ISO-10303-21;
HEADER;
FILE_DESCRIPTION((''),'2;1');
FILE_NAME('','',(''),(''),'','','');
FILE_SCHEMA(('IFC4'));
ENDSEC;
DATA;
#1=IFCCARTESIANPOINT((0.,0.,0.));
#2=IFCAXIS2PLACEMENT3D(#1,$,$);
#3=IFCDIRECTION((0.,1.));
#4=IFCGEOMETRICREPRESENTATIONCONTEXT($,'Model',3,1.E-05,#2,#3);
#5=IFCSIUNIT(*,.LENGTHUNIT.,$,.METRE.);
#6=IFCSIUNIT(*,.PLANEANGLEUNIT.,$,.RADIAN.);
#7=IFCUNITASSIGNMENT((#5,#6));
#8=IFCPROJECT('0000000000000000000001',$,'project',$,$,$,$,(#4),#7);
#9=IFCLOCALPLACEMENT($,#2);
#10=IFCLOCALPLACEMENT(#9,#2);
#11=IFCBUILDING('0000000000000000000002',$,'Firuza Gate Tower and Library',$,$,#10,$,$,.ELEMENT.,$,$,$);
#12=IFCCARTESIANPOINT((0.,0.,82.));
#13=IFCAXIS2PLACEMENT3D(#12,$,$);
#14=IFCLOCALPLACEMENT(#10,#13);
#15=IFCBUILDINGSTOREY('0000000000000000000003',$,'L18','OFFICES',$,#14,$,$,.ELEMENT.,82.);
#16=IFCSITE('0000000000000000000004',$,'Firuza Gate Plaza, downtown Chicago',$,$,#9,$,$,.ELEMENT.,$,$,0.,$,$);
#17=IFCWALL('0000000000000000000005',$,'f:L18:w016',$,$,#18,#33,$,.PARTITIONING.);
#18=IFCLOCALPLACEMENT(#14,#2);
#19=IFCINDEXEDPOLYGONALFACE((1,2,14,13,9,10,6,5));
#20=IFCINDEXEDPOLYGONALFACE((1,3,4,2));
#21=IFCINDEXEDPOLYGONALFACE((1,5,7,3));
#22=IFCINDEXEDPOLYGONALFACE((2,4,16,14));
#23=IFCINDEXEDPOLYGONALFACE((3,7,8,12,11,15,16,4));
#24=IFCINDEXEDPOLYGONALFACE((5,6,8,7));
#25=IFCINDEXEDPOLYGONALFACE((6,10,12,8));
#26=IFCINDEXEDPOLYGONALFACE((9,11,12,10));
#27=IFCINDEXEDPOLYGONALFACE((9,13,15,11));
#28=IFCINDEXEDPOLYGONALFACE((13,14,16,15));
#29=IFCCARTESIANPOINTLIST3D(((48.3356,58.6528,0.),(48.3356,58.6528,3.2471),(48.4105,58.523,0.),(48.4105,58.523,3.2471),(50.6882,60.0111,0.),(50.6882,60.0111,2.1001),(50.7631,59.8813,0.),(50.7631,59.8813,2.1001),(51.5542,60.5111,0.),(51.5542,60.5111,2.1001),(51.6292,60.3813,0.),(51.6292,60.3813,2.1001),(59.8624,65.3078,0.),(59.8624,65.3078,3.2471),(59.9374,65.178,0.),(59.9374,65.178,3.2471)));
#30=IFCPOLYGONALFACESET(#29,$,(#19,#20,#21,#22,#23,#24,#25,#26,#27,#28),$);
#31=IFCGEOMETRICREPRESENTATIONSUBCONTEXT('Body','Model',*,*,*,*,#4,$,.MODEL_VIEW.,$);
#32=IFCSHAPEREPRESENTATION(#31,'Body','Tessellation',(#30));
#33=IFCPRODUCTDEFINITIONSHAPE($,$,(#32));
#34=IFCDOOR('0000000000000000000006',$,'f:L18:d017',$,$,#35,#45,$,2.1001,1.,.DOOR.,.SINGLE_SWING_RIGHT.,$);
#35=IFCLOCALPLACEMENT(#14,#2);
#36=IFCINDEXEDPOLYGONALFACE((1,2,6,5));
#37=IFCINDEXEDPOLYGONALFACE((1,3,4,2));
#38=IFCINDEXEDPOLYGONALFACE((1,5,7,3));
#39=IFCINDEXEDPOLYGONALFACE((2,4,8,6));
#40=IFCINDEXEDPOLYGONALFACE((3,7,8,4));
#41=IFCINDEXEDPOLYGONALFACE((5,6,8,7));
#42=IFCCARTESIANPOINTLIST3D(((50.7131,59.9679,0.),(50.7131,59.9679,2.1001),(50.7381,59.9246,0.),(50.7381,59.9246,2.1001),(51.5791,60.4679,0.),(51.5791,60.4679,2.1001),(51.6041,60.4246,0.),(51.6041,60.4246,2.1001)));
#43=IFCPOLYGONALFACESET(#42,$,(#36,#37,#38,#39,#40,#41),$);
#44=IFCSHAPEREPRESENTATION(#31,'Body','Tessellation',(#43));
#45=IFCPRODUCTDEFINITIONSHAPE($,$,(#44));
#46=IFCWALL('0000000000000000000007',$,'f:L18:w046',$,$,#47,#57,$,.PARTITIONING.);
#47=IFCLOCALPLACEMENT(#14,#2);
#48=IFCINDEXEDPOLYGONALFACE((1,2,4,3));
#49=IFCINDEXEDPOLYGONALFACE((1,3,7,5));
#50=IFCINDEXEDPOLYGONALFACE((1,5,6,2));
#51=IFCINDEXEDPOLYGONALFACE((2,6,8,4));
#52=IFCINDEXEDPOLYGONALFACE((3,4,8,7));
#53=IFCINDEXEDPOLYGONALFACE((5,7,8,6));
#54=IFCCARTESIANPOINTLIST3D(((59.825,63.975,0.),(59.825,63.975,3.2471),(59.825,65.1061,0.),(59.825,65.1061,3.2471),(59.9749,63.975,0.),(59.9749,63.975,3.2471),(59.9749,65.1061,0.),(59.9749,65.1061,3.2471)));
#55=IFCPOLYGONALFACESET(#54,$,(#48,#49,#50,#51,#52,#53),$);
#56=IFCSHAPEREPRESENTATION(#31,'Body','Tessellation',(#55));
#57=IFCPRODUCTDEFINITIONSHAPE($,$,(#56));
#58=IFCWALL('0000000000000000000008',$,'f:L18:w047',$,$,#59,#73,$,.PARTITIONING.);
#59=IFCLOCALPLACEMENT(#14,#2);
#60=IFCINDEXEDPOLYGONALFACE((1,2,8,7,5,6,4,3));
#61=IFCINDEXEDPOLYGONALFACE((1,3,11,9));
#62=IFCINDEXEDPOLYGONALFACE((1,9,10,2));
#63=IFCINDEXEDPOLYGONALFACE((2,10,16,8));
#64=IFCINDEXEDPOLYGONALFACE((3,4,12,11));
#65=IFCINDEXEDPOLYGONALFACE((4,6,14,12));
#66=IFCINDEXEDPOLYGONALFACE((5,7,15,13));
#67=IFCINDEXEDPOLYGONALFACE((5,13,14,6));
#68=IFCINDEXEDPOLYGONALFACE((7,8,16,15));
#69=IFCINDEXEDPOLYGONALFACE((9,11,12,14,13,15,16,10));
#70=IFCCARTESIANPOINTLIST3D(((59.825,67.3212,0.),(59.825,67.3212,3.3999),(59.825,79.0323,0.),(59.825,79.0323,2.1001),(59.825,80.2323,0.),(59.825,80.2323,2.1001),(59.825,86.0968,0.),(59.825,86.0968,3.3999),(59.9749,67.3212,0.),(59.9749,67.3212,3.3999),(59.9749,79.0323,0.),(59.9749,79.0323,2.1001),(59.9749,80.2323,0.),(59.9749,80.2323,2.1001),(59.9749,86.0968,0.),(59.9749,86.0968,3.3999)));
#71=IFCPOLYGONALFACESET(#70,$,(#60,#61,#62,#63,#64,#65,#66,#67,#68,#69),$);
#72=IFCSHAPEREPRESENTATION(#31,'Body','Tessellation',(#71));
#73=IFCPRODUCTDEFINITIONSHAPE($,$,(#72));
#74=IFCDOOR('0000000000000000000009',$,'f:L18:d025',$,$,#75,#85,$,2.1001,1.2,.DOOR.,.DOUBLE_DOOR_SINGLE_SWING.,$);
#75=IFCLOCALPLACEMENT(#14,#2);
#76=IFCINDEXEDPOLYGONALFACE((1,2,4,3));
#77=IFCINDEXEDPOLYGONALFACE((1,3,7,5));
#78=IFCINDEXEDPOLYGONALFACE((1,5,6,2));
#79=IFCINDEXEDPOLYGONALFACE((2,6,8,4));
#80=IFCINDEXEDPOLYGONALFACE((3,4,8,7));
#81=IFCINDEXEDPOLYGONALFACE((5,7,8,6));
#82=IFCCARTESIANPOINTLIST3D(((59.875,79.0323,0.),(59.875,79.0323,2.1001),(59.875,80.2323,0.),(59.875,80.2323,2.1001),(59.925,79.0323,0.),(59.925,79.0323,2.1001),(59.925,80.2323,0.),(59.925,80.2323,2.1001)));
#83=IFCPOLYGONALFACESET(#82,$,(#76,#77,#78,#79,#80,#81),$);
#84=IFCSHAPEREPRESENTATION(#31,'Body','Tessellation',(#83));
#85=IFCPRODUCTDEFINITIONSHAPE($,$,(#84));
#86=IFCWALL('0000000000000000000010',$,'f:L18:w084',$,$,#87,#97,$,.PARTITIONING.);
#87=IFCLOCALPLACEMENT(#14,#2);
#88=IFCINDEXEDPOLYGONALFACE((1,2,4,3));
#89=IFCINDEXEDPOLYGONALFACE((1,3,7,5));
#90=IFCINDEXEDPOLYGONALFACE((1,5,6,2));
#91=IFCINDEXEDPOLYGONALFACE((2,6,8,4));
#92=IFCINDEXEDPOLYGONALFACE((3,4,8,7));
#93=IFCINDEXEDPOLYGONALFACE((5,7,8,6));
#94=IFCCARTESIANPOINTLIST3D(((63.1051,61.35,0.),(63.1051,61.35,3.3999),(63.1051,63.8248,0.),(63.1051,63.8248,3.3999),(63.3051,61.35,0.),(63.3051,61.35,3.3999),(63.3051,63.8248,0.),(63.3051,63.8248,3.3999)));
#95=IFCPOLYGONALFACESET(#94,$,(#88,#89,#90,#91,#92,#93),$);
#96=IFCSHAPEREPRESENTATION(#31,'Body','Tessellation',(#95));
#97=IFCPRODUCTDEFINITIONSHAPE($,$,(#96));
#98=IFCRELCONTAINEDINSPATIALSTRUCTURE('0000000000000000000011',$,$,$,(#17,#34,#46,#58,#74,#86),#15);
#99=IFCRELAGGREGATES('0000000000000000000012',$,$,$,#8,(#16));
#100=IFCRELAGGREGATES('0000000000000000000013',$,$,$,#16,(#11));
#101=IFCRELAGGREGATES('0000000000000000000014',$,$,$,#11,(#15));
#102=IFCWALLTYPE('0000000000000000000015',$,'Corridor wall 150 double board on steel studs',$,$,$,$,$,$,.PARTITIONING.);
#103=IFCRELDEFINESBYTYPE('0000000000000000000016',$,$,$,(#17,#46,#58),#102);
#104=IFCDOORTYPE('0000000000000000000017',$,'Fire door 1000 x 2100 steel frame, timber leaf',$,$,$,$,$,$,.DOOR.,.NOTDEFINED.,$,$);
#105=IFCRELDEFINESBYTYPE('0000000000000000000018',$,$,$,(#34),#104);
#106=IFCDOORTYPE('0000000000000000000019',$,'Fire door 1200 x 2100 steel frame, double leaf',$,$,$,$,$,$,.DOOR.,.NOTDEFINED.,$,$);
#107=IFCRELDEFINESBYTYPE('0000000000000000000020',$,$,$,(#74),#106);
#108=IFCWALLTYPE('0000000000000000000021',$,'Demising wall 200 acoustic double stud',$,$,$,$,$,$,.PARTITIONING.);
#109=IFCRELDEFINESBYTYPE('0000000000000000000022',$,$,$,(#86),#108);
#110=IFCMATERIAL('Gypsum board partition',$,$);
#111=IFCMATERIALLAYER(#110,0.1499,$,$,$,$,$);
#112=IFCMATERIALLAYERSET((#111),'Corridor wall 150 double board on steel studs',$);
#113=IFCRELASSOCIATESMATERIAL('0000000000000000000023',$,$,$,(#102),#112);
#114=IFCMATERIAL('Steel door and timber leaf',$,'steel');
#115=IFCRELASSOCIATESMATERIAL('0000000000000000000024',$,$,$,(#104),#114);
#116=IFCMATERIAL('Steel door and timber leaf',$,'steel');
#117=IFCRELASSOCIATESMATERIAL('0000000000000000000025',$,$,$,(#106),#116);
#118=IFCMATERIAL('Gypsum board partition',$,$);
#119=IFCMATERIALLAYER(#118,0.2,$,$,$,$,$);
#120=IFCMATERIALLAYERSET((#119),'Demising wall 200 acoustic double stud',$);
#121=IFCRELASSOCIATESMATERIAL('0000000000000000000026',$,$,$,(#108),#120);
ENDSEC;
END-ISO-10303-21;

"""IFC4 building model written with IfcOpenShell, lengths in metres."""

from ifc_helpers import new_model, si_unit, direction, frame, frame_2d, origin, place, context, subcontext, project, spatial, rectangle, extrude, material, layer, layer_set, type_object, element, fill, save


model = new_model("IFC4")

# Units and contexts
model_context = context("Model", 3, precision=1e-05, world=origin(), true_north=direction((0.0, 1.0)))
body_context = subcontext(model_context, "Body", "Model", "MODEL_VIEW")
ifc_project = project(units=[si_unit("LENGTHUNIT", "METRE"), si_unit("PLANEANGLEUNIT", "RADIAN")], contexts=[model_context])

# Site, building, storey
site_placement = place(None, origin())
site = spatial("IfcSite", under=ifc_project, at=site_placement, Name="Firuza Gate Plaza, downtown Chicago", CompositionType="ELEMENT", RefElevation=0.0)
building_placement = place(site_placement, origin())
building = spatial("IfcBuilding", under=site, at=building_placement, Name="Firuza Gate Tower and Library", CompositionType="ELEMENT")
storey_placement = place(building_placement, frame((0.0, 0.0, 82.0)))
storey = spatial("IfcBuildingStorey", under=building, at=storey_placement, Name="L18", Description="OFFICES", CompositionType="ELEMENT", Elevation=82.0)

# Wall, opening, door
ifc_material_1 = material(Name="Gypsum board partition")
ifc_layer_1 = layer(ifc_material_1, 0.1499)
ifc_layer_set_1 = layer_set([ifc_layer_1], Name="Corridor wall 150 double board on steel studs")
wall_type_1 = type_object("IfcWallType", Name="Corridor wall 150 double board on steel studs", PredefinedType="PARTITIONING", material=ifc_layer_set_1)
wall_1_placement = place(storey_placement, frame((59.8999, 65.2429, 0.0), z_axis=(0.0, 0.0, 1.0), x_axis=(-0.866026, -0.5, 0.0)))
wall_1 = element("IfcWall", 1, at=wall_1_placement, inside=storey, type_object=wall_type_1, Name="f:L18:w016", PredefinedType="PARTITIONING", context=body_context, shape_type="SweptSolid", body=[
    extrude(rectangle(XDim=13.3101, YDim=0.1499, at=frame_2d((6.655, 0.0))), origin(), (0.0, 0.0, 1.0), 3.2471),
])
opening_1_placement = place(wall_1_placement, frame((9.5935, 0.0, 0.0)))
opening_1 = element("IfcOpeningElement", 2, at=opening_1_placement, cuts=wall_1, PredefinedType="OPENING", context=body_context, shape_type="SweptSolid", body=[
    extrude(rectangle(XDim=1.0, YDim=2.1001, at=frame_2d((0.5, 1.05))), frame((0.0, 0.085, 0.0), z_axis=(0.0, -1.0, 0.0), x_axis=(1.0, 0.0, 0.0)), (0.0, 0.0, 1.0), 0.1699),
])
ifc_material_2 = material(Name="Steel door and timber leaf", Category="steel")
door_type_1 = type_object("IfcDoorType", Name="Fire door 1000 x 2100 steel frame, timber leaf", OperationType="NOTDEFINED", PredefinedType="DOOR", material=ifc_material_2)
door_1_placement = place(opening_1_placement, origin())
door_1 = element("IfcDoor", 3, at=door_1_placement, inside=storey, type_object=door_type_1, Name="f:L18:d017", OperationType="SINGLE_SWING_RIGHT", OverallHeight=2.1001, OverallWidth=1.0, PredefinedType="DOOR", context=body_context, shape_type="SweptSolid", body=[
    extrude(rectangle(XDim=1.0, YDim=2.1001, at=frame_2d((0.5, 1.05))), frame((0.0, 0.0249, 0.0), z_axis=(0.0, -1.0, 0.0), x_axis=(1.0, 0.0, 0.0)), (0.0, 0.0, 1.0), 0.05),
])
fill(opening_1, door_1)

# Wall
wall_2_placement = place(storey_placement, frame((59.8999, 63.9751, 0.0), z_axis=(0.0, 0.0, 1.0), x_axis=(0.0, 1.0, 0.0)))
element("IfcWall", 4, at=wall_2_placement, inside=storey, type_object=wall_type_1, Name="f:L18:w046", PredefinedType="PARTITIONING", context=body_context, shape_type="SweptSolid", body=[
    extrude(rectangle(XDim=1.1311, YDim=0.1499, at=frame_2d((0.5654, 0.0))), origin(), (0.0, 0.0, 1.0), 3.2471),
])

# Wall, opening, door
wall_3_placement = place(storey_placement, frame((59.8999, 67.3213, 0.0), z_axis=(0.0, 0.0, 1.0), x_axis=(0.0, 1.0, 0.0)))
wall_3 = element("IfcWall", 5, at=wall_3_placement, inside=storey, type_object=wall_type_1, Name="f:L18:w047", PredefinedType="PARTITIONING", context=body_context, shape_type="SweptSolid", body=[
    extrude(rectangle(XDim=18.7756, YDim=0.1499, at=frame_2d((9.3877, 0.0))), origin(), (0.0, 0.0, 1.0), 3.3999),
])
opening_2_placement = place(wall_3_placement, frame((11.7109, 0.0, 0.0)))
opening_2 = element("IfcOpeningElement", 6, at=opening_2_placement, cuts=wall_3, PredefinedType="OPENING", context=body_context, shape_type="SweptSolid", body=[
    extrude(rectangle(XDim=1.2, YDim=2.1001, at=frame_2d((0.6001, 1.05))), frame((0.0, 0.085, 0.0), z_axis=(0.0, -1.0, 0.0), x_axis=(1.0, 0.0, 0.0)), (0.0, 0.0, 1.0), 0.1699),
])
ifc_material_3 = material(Name="Steel door and timber leaf", Category="steel")
door_type_2 = type_object("IfcDoorType", Name="Fire door 1200 x 2100 steel frame, double leaf", OperationType="NOTDEFINED", PredefinedType="DOOR", material=ifc_material_3)
door_2_placement = place(opening_2_placement, origin())
door_2 = element("IfcDoor", 7, at=door_2_placement, inside=storey, type_object=door_type_2, Name="f:L18:d025", OperationType="DOUBLE_DOOR_SINGLE_SWING", OverallHeight=2.1001, OverallWidth=1.2, PredefinedType="DOOR", context=body_context, shape_type="SweptSolid", body=[
    extrude(rectangle(XDim=1.2, YDim=2.1001, at=frame_2d((0.6001, 1.05))), frame((0.0, 0.0249, 0.0), z_axis=(0.0, -1.0, 0.0), x_axis=(1.0, 0.0, 0.0)), (0.0, 0.0, 1.0), 0.05),
])
fill(opening_2, door_2)

# Wall
ifc_material_4 = material(Name="Gypsum board partition")
ifc_layer_2 = layer(ifc_material_4, 0.2)
ifc_layer_set_2 = layer_set([ifc_layer_2], Name="Demising wall 200 acoustic double stud")
wall_type_2 = type_object("IfcWallType", Name="Demising wall 200 acoustic double stud", PredefinedType="PARTITIONING", material=ifc_layer_set_2)
wall_4_placement = place(storey_placement, frame((63.2051, 61.3501, 0.0), z_axis=(0.0, 0.0, 1.0), x_axis=(0.0, 1.0, 0.0)))
element("IfcWall", 8, at=wall_4_placement, inside=storey, type_object=wall_type_2, Name="f:L18:w084", PredefinedType="PARTITIONING", context=body_context, shape_type="SweptSolid", body=[
    extrude(rectangle(XDim=2.4749, YDim=0.2, at=frame_2d((1.2373, 0.0))), origin(), (0.0, 0.0, 1.0), 3.3999),
])

save(model, "model.ifc")
